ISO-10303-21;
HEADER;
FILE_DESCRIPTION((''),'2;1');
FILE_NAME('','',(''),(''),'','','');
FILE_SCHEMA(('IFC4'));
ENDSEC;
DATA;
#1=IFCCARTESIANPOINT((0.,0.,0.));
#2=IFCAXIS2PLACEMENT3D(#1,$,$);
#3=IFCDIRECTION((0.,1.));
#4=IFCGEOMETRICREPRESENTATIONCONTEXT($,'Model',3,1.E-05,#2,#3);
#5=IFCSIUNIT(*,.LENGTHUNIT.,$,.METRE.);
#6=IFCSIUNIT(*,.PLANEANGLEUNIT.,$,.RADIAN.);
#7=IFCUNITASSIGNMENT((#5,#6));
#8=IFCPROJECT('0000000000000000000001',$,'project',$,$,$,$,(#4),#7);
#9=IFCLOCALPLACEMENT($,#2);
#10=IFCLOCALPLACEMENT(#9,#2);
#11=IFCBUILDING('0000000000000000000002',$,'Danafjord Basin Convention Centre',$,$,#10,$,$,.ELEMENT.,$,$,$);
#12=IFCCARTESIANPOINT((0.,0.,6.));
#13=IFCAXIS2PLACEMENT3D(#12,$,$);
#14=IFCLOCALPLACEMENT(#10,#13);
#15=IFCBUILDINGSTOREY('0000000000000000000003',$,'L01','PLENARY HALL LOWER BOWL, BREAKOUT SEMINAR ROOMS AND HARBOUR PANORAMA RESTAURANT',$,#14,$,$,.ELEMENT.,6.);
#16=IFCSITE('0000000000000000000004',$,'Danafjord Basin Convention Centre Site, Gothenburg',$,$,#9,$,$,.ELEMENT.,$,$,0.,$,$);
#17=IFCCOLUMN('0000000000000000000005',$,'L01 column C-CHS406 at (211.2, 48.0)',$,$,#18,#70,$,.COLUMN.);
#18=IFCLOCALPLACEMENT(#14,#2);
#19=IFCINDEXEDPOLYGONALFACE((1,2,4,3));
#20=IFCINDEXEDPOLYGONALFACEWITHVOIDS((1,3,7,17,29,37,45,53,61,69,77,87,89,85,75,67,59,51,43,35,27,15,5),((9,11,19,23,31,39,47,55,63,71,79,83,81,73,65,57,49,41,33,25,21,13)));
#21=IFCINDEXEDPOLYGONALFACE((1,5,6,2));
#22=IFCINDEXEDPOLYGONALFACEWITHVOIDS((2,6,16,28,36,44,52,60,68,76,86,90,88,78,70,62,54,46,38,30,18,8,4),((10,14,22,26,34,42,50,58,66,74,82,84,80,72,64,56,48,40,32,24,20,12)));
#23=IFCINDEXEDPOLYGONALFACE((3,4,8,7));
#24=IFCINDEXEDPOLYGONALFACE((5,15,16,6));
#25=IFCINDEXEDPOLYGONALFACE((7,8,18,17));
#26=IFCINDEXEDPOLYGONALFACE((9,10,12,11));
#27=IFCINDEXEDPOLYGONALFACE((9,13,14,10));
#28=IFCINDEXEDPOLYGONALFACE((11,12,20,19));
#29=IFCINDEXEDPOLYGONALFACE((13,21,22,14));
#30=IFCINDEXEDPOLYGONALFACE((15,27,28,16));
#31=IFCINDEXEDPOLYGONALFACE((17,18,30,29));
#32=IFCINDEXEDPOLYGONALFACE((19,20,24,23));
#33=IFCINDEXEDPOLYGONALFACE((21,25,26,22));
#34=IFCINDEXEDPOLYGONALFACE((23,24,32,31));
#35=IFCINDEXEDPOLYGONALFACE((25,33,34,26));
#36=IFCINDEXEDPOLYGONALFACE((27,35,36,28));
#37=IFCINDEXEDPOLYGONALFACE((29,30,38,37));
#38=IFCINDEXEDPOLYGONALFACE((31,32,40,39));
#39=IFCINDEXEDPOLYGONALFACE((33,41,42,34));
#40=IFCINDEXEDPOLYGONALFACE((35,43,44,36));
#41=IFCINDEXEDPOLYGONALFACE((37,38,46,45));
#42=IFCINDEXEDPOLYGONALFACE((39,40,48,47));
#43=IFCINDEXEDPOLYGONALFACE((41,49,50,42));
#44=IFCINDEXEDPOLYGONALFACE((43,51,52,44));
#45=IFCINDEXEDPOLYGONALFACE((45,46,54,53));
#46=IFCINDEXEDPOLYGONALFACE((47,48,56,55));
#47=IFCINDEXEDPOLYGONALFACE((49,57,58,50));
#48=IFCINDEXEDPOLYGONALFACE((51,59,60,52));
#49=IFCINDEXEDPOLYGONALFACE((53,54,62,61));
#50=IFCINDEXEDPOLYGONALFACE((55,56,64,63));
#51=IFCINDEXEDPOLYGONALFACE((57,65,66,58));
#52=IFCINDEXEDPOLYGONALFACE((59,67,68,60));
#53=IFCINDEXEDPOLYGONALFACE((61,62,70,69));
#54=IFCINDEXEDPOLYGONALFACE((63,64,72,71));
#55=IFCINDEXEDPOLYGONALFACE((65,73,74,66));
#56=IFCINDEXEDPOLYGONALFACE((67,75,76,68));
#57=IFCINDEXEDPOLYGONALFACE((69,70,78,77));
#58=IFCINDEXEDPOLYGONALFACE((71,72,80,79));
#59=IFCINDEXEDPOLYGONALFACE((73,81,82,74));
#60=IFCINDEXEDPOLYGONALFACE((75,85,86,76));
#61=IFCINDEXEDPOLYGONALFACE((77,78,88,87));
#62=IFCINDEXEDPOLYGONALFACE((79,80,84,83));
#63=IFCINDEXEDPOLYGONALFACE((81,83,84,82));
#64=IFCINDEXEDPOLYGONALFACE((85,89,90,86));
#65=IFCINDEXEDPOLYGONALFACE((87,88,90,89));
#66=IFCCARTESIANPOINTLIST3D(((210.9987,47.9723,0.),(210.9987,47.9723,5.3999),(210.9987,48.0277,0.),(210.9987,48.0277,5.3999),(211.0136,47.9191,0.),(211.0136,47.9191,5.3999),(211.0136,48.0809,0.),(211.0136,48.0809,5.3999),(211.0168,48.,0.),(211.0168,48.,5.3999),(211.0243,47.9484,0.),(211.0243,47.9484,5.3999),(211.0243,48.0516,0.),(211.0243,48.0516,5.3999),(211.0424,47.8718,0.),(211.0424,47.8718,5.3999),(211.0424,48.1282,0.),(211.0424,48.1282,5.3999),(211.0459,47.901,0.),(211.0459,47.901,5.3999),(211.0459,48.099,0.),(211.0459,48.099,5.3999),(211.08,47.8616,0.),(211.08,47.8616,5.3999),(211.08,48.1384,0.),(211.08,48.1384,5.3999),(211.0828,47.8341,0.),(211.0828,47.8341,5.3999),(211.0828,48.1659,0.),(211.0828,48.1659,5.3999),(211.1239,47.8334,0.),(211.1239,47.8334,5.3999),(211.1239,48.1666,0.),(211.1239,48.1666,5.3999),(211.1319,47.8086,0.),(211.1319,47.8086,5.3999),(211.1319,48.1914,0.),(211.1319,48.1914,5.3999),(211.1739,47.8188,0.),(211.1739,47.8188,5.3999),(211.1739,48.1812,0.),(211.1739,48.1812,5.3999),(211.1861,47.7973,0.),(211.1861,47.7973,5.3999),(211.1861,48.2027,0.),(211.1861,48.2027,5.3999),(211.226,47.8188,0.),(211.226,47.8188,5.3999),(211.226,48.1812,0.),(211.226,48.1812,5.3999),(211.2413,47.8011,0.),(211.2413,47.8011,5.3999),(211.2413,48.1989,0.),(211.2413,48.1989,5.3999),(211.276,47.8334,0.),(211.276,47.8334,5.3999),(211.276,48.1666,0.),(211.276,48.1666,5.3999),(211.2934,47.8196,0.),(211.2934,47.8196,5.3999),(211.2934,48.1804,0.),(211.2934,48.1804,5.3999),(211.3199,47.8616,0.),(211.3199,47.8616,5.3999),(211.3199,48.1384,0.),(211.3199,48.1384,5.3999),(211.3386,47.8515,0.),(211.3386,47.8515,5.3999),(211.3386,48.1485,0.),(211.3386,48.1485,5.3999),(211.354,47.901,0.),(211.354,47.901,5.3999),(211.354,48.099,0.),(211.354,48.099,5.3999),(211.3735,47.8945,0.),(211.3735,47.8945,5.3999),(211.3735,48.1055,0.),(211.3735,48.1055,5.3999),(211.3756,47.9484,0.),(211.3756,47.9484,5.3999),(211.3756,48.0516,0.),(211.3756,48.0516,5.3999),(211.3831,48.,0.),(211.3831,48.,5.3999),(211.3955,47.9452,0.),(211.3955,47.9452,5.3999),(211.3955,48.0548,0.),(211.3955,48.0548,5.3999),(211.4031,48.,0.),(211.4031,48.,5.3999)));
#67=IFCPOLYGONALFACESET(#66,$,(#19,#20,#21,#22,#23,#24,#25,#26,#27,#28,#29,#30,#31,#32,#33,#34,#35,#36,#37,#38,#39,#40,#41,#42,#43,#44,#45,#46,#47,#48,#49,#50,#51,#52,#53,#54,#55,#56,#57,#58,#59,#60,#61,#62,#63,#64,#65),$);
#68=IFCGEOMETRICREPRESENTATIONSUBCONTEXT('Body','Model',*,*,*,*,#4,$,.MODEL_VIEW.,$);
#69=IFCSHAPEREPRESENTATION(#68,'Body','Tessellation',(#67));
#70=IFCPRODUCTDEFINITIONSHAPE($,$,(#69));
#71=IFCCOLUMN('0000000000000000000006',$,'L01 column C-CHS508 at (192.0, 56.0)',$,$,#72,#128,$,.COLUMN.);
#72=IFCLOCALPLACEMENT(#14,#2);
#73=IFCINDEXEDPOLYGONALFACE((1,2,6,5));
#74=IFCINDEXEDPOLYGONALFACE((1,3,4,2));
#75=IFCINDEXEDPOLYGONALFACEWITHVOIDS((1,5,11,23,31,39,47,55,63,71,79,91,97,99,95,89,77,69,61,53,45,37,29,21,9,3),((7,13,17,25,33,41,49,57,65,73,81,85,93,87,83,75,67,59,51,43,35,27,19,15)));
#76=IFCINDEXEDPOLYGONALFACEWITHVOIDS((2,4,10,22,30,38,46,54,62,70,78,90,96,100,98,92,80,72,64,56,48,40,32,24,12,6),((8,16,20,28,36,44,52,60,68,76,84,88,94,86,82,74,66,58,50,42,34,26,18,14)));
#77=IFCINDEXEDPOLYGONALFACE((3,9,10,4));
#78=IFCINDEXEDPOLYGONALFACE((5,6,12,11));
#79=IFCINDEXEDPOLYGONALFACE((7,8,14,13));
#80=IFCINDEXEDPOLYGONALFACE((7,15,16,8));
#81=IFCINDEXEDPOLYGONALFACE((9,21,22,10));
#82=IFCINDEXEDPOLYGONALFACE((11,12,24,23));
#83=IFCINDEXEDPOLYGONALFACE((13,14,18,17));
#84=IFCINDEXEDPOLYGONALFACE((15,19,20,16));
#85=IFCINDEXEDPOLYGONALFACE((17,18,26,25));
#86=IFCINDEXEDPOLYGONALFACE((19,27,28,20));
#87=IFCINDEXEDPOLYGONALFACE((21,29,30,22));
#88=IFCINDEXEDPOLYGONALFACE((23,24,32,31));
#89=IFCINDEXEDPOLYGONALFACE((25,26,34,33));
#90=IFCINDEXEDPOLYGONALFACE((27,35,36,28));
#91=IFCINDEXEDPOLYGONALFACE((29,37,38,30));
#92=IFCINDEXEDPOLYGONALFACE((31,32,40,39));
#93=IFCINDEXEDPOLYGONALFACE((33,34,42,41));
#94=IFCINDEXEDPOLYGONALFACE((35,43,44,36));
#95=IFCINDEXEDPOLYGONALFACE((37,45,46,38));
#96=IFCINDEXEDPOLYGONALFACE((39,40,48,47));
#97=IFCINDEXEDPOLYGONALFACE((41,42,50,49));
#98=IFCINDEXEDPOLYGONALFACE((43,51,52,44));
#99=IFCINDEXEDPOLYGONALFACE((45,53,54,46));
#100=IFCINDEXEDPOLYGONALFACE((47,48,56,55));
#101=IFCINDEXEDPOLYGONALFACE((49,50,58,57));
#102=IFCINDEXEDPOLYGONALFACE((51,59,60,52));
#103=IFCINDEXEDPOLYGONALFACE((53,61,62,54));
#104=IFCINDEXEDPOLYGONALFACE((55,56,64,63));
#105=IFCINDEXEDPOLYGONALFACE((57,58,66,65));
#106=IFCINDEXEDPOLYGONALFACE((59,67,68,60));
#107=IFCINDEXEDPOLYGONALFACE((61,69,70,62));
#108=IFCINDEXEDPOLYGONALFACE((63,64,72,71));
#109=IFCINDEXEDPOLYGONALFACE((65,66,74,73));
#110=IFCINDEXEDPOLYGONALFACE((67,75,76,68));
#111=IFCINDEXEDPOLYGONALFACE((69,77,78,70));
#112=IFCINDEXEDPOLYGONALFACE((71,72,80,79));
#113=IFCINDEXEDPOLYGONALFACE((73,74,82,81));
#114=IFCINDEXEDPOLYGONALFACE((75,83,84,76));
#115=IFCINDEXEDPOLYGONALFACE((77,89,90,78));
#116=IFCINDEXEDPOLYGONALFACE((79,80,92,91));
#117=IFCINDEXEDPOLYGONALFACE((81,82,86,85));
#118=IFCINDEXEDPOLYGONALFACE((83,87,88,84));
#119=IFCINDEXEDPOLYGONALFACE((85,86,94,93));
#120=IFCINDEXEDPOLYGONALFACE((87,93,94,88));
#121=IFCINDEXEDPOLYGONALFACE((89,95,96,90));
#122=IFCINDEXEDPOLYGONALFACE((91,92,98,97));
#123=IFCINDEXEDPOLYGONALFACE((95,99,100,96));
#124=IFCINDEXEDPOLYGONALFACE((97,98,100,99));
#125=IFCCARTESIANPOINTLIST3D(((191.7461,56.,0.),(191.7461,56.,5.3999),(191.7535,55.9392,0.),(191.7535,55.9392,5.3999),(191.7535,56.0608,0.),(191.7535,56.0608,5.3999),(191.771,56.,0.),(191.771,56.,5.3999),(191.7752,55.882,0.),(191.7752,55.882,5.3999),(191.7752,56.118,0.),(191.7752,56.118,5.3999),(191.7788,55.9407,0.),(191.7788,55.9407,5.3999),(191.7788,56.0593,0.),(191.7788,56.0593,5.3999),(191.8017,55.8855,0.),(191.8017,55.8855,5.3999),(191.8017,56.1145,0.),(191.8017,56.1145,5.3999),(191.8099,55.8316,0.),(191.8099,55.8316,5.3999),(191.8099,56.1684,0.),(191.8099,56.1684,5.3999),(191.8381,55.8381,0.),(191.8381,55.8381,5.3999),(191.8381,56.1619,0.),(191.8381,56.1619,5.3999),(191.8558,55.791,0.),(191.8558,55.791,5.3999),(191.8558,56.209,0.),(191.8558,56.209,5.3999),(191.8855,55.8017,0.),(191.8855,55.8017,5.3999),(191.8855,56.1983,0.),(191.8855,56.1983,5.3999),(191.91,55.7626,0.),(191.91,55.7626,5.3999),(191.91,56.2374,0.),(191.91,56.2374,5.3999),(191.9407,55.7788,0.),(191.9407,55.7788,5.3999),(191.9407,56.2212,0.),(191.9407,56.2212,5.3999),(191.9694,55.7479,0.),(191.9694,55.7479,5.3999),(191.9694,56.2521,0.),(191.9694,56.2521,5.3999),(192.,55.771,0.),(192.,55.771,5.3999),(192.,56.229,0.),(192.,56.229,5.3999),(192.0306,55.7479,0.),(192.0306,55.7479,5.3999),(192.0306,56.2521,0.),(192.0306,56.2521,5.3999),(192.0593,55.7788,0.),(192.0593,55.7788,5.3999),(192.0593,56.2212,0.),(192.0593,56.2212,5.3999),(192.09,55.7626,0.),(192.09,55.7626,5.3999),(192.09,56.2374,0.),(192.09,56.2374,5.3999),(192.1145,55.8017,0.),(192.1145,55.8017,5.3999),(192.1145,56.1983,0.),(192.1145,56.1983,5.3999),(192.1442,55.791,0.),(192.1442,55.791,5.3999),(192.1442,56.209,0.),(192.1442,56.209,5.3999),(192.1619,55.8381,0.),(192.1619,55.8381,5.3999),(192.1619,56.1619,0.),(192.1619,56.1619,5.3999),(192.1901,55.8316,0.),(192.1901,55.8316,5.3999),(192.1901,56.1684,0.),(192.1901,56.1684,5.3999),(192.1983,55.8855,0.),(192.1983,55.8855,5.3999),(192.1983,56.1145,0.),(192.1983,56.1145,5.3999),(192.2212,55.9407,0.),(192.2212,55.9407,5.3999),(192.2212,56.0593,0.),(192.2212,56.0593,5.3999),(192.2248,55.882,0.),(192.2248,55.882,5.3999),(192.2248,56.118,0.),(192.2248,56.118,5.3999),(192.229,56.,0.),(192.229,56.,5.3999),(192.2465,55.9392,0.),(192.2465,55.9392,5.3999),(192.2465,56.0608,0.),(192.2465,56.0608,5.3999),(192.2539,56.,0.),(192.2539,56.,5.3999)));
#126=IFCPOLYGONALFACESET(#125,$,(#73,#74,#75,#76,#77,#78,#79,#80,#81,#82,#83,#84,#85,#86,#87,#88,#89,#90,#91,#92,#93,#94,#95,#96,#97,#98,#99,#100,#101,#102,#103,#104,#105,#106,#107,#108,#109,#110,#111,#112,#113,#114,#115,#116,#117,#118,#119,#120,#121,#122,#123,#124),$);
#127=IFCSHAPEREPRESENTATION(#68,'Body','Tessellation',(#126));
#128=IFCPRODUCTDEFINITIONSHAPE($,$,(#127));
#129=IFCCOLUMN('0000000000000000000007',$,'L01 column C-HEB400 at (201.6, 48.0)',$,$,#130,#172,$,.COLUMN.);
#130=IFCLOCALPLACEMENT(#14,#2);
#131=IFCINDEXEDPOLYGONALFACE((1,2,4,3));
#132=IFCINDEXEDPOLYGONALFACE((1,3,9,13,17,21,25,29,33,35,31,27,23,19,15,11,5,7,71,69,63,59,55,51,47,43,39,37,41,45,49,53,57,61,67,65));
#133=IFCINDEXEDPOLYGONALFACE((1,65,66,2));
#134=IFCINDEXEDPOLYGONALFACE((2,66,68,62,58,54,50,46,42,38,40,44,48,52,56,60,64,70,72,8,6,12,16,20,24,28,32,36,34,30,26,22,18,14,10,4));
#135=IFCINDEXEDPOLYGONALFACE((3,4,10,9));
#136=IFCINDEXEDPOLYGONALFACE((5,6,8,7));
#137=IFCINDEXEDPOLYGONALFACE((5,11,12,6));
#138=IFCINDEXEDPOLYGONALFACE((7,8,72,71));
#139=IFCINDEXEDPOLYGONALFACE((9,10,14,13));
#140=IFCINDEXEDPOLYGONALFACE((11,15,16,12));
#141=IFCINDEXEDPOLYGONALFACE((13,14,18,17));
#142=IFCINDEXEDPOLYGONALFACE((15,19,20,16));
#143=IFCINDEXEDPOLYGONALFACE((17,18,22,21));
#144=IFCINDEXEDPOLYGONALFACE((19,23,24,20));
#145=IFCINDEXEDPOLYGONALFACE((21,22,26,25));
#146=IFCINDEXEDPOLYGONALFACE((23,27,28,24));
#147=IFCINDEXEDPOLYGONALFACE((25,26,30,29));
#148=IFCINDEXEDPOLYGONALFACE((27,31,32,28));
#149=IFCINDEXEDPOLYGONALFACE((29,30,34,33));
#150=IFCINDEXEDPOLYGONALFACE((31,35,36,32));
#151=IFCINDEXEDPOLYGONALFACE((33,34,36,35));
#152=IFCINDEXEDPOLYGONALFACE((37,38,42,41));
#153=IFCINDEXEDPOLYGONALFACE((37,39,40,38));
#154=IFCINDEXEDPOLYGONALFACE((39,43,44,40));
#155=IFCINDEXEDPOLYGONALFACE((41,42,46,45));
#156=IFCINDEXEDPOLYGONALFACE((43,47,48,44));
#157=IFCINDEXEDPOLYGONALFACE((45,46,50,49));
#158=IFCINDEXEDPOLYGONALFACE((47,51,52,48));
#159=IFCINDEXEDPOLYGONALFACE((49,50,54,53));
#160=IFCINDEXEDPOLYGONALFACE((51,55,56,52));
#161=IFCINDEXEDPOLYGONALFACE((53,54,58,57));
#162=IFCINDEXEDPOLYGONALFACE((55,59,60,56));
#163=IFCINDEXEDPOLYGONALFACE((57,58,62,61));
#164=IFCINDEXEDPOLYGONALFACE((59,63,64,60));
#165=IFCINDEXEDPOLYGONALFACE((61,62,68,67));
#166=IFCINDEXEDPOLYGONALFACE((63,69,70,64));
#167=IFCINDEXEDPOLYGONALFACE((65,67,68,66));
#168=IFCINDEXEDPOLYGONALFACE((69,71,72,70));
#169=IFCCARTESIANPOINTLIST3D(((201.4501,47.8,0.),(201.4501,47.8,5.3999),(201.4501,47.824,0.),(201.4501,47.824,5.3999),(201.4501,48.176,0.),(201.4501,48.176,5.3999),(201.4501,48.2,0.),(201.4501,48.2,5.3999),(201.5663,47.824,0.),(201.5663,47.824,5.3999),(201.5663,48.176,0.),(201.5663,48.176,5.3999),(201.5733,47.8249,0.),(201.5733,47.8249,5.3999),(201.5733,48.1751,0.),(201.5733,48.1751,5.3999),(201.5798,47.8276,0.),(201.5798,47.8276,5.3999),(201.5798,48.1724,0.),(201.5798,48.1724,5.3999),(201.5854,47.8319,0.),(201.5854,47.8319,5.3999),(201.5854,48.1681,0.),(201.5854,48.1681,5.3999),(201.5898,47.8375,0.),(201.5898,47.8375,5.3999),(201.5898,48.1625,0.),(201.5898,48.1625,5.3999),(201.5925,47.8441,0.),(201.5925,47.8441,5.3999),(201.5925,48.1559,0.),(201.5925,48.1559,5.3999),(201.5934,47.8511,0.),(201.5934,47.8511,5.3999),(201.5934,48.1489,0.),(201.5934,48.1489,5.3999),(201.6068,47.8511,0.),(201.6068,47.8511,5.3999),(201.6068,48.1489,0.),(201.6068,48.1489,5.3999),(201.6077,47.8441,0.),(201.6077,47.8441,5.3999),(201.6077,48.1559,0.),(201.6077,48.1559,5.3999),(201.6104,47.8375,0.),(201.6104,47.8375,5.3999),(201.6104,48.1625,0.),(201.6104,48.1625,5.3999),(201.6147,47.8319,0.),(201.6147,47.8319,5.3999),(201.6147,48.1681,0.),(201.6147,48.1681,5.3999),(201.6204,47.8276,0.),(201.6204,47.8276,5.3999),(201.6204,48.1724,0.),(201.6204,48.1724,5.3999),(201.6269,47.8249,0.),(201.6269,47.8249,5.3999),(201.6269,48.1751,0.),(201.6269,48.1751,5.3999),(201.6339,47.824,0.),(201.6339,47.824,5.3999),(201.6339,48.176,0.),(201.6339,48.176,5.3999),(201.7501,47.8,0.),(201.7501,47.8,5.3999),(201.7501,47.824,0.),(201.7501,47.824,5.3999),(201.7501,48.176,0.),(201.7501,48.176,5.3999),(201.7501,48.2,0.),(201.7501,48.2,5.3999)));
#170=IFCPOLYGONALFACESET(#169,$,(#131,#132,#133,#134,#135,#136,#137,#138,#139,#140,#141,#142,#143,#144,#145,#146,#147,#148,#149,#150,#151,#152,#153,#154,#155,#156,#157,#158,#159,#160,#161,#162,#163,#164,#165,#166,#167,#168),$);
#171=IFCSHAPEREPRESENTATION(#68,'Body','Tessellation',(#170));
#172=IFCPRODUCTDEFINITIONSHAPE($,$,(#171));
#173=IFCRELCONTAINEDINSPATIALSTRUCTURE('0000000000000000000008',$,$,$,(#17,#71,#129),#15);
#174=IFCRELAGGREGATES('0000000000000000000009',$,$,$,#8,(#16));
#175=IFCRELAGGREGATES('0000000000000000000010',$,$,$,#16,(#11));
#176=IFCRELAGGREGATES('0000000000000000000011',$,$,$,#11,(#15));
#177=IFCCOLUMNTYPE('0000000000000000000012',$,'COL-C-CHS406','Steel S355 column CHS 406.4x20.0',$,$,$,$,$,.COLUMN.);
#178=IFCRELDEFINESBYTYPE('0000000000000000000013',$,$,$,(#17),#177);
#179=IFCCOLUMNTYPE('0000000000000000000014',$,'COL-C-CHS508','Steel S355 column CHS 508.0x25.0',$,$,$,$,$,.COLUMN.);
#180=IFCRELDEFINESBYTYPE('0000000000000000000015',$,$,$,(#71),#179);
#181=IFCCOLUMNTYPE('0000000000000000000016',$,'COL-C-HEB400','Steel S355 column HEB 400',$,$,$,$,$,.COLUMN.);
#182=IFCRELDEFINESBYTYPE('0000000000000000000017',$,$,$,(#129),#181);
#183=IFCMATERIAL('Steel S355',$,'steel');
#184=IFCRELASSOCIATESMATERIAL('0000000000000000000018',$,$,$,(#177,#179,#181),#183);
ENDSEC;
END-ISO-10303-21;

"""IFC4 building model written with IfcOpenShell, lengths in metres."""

from ifc_helpers import new_model, si_unit, direction, frame, origin, origin_2d, place, context, subcontext, project, spatial, hollow_circle, i_section, extrude, material, material_profile, profile_set, type_object, element, save


model = new_model("IFC4")

# Units and contexts
model_context = context("Model", 3, precision=1e-05, world=origin(), true_north=direction((0.0, 1.0)))
body_context = subcontext(model_context, "Body", "Model", "MODEL_VIEW")
ifc_project = project(units=[si_unit("LENGTHUNIT", "METRE"), si_unit("PLANEANGLEUNIT", "RADIAN")], contexts=[model_context])

# Site, building, storey
site_placement = place(None, origin())
site = spatial("IfcSite", under=ifc_project, at=site_placement, Name="Danafjord Basin Convention Centre Site, Gothenburg", CompositionType="ELEMENT", RefElevation=0.0)
building_placement = place(site_placement, origin())
building = spatial("IfcBuilding", under=site, at=building_placement, Name="Danafjord Basin Convention Centre", CompositionType="ELEMENT")
storey_placement = place(building_placement, frame((0.0, 0.0, 6.0)))
storey = spatial("IfcBuildingStorey", under=building, at=storey_placement, Name="L01", Description="PLENARY HALL LOWER BOWL, BREAKOUT SEMINAR ROOMS AND HARBOUR PANORAMA RESTAURANT", CompositionType="ELEMENT", Elevation=6.0)

# Columns
ifc_material_1 = material(Name="Steel S355", Category="steel")
ifc_material_profile_1 = material_profile(ifc_material_1, hollow_circle(Radius=0.2031, WallThickness=0.02, at=origin_2d()), Name="CHS 406.4x20.0")
ifc_profile_set_1 = profile_set([ifc_material_profile_1], Name="Steel S355")
column_type_1 = type_object("IfcColumnType", Name="COL-C-CHS406", Description="Steel S355 column CHS 406.4x20.0", PredefinedType="COLUMN", material=ifc_profile_set_1)
column_1_placement = place(storey_placement, frame((211.2, 48.0, 0.0), z_axis=(0.0, 0.0, 1.0), x_axis=(1.0, 0.0, 0.0)))
element("IfcColumn", 1, at=column_1_placement, inside=storey, type_object=column_type_1, Name="L01 column C-CHS406 at (211.2, 48.0)", PredefinedType="COLUMN", context=body_context, shape_type="SweptSolid", body=[
    extrude(hollow_circle(Radius=0.2031, WallThickness=0.02, at=origin_2d()), origin(), (0.0, 0.0, 1.0), 5.3999),
])
ifc_material_profile_2 = material_profile(ifc_material_1, hollow_circle(Radius=0.2539, WallThickness=0.0249, at=origin_2d()), Name="CHS 508.0x25.0")
ifc_profile_set_2 = profile_set([ifc_material_profile_2], Name="Steel S355")
column_type_2 = type_object("IfcColumnType", Name="COL-C-CHS508", Description="Steel S355 column CHS 508.0x25.0", PredefinedType="COLUMN", material=ifc_profile_set_2)
column_2_placement = place(storey_placement, frame((192.0, 56.0, 0.0), z_axis=(0.0, 0.0, 1.0), x_axis=(1.0, 0.0, 0.0)))
element("IfcColumn", 2, at=column_2_placement, inside=storey, type_object=column_type_2, Name="L01 column C-CHS508 at (192.0, 56.0)", PredefinedType="COLUMN", context=body_context, shape_type="SweptSolid", body=[
    extrude(hollow_circle(Radius=0.2539, WallThickness=0.0249, at=origin_2d()), origin(), (0.0, 0.0, 1.0), 5.3999),
])
ifc_material_profile_3 = material_profile(ifc_material_1, i_section(OverallWidth=0.3, OverallDepth=0.3999, WebThickness=0.0134, FlangeThickness=0.0239, FilletRadius=0.0271, at=origin_2d()), Name="HEB 400")
ifc_profile_set_3 = profile_set([ifc_material_profile_3], Name="Steel S355")
column_type_3 = type_object("IfcColumnType", Name="COL-C-HEB400", Description="Steel S355 column HEB 400", PredefinedType="COLUMN", material=ifc_profile_set_3)
column_3_placement = place(storey_placement, frame((201.6001, 48.0, 0.0), z_axis=(0.0, 0.0, 1.0), x_axis=(1.0, 0.0, 0.0)))
element("IfcColumn", 3, at=column_3_placement, inside=storey, type_object=column_type_3, Name="L01 column C-HEB400 at (201.6, 48.0)", PredefinedType="COLUMN", context=body_context, shape_type="SweptSolid", body=[
    extrude(i_section(OverallWidth=0.3, OverallDepth=0.3999, WebThickness=0.0134, FlangeThickness=0.0239, FilletRadius=0.0271, at=origin_2d()), origin(), (0.0, 0.0, 1.0), 5.3999),
])

save(model, "model.ifc")
